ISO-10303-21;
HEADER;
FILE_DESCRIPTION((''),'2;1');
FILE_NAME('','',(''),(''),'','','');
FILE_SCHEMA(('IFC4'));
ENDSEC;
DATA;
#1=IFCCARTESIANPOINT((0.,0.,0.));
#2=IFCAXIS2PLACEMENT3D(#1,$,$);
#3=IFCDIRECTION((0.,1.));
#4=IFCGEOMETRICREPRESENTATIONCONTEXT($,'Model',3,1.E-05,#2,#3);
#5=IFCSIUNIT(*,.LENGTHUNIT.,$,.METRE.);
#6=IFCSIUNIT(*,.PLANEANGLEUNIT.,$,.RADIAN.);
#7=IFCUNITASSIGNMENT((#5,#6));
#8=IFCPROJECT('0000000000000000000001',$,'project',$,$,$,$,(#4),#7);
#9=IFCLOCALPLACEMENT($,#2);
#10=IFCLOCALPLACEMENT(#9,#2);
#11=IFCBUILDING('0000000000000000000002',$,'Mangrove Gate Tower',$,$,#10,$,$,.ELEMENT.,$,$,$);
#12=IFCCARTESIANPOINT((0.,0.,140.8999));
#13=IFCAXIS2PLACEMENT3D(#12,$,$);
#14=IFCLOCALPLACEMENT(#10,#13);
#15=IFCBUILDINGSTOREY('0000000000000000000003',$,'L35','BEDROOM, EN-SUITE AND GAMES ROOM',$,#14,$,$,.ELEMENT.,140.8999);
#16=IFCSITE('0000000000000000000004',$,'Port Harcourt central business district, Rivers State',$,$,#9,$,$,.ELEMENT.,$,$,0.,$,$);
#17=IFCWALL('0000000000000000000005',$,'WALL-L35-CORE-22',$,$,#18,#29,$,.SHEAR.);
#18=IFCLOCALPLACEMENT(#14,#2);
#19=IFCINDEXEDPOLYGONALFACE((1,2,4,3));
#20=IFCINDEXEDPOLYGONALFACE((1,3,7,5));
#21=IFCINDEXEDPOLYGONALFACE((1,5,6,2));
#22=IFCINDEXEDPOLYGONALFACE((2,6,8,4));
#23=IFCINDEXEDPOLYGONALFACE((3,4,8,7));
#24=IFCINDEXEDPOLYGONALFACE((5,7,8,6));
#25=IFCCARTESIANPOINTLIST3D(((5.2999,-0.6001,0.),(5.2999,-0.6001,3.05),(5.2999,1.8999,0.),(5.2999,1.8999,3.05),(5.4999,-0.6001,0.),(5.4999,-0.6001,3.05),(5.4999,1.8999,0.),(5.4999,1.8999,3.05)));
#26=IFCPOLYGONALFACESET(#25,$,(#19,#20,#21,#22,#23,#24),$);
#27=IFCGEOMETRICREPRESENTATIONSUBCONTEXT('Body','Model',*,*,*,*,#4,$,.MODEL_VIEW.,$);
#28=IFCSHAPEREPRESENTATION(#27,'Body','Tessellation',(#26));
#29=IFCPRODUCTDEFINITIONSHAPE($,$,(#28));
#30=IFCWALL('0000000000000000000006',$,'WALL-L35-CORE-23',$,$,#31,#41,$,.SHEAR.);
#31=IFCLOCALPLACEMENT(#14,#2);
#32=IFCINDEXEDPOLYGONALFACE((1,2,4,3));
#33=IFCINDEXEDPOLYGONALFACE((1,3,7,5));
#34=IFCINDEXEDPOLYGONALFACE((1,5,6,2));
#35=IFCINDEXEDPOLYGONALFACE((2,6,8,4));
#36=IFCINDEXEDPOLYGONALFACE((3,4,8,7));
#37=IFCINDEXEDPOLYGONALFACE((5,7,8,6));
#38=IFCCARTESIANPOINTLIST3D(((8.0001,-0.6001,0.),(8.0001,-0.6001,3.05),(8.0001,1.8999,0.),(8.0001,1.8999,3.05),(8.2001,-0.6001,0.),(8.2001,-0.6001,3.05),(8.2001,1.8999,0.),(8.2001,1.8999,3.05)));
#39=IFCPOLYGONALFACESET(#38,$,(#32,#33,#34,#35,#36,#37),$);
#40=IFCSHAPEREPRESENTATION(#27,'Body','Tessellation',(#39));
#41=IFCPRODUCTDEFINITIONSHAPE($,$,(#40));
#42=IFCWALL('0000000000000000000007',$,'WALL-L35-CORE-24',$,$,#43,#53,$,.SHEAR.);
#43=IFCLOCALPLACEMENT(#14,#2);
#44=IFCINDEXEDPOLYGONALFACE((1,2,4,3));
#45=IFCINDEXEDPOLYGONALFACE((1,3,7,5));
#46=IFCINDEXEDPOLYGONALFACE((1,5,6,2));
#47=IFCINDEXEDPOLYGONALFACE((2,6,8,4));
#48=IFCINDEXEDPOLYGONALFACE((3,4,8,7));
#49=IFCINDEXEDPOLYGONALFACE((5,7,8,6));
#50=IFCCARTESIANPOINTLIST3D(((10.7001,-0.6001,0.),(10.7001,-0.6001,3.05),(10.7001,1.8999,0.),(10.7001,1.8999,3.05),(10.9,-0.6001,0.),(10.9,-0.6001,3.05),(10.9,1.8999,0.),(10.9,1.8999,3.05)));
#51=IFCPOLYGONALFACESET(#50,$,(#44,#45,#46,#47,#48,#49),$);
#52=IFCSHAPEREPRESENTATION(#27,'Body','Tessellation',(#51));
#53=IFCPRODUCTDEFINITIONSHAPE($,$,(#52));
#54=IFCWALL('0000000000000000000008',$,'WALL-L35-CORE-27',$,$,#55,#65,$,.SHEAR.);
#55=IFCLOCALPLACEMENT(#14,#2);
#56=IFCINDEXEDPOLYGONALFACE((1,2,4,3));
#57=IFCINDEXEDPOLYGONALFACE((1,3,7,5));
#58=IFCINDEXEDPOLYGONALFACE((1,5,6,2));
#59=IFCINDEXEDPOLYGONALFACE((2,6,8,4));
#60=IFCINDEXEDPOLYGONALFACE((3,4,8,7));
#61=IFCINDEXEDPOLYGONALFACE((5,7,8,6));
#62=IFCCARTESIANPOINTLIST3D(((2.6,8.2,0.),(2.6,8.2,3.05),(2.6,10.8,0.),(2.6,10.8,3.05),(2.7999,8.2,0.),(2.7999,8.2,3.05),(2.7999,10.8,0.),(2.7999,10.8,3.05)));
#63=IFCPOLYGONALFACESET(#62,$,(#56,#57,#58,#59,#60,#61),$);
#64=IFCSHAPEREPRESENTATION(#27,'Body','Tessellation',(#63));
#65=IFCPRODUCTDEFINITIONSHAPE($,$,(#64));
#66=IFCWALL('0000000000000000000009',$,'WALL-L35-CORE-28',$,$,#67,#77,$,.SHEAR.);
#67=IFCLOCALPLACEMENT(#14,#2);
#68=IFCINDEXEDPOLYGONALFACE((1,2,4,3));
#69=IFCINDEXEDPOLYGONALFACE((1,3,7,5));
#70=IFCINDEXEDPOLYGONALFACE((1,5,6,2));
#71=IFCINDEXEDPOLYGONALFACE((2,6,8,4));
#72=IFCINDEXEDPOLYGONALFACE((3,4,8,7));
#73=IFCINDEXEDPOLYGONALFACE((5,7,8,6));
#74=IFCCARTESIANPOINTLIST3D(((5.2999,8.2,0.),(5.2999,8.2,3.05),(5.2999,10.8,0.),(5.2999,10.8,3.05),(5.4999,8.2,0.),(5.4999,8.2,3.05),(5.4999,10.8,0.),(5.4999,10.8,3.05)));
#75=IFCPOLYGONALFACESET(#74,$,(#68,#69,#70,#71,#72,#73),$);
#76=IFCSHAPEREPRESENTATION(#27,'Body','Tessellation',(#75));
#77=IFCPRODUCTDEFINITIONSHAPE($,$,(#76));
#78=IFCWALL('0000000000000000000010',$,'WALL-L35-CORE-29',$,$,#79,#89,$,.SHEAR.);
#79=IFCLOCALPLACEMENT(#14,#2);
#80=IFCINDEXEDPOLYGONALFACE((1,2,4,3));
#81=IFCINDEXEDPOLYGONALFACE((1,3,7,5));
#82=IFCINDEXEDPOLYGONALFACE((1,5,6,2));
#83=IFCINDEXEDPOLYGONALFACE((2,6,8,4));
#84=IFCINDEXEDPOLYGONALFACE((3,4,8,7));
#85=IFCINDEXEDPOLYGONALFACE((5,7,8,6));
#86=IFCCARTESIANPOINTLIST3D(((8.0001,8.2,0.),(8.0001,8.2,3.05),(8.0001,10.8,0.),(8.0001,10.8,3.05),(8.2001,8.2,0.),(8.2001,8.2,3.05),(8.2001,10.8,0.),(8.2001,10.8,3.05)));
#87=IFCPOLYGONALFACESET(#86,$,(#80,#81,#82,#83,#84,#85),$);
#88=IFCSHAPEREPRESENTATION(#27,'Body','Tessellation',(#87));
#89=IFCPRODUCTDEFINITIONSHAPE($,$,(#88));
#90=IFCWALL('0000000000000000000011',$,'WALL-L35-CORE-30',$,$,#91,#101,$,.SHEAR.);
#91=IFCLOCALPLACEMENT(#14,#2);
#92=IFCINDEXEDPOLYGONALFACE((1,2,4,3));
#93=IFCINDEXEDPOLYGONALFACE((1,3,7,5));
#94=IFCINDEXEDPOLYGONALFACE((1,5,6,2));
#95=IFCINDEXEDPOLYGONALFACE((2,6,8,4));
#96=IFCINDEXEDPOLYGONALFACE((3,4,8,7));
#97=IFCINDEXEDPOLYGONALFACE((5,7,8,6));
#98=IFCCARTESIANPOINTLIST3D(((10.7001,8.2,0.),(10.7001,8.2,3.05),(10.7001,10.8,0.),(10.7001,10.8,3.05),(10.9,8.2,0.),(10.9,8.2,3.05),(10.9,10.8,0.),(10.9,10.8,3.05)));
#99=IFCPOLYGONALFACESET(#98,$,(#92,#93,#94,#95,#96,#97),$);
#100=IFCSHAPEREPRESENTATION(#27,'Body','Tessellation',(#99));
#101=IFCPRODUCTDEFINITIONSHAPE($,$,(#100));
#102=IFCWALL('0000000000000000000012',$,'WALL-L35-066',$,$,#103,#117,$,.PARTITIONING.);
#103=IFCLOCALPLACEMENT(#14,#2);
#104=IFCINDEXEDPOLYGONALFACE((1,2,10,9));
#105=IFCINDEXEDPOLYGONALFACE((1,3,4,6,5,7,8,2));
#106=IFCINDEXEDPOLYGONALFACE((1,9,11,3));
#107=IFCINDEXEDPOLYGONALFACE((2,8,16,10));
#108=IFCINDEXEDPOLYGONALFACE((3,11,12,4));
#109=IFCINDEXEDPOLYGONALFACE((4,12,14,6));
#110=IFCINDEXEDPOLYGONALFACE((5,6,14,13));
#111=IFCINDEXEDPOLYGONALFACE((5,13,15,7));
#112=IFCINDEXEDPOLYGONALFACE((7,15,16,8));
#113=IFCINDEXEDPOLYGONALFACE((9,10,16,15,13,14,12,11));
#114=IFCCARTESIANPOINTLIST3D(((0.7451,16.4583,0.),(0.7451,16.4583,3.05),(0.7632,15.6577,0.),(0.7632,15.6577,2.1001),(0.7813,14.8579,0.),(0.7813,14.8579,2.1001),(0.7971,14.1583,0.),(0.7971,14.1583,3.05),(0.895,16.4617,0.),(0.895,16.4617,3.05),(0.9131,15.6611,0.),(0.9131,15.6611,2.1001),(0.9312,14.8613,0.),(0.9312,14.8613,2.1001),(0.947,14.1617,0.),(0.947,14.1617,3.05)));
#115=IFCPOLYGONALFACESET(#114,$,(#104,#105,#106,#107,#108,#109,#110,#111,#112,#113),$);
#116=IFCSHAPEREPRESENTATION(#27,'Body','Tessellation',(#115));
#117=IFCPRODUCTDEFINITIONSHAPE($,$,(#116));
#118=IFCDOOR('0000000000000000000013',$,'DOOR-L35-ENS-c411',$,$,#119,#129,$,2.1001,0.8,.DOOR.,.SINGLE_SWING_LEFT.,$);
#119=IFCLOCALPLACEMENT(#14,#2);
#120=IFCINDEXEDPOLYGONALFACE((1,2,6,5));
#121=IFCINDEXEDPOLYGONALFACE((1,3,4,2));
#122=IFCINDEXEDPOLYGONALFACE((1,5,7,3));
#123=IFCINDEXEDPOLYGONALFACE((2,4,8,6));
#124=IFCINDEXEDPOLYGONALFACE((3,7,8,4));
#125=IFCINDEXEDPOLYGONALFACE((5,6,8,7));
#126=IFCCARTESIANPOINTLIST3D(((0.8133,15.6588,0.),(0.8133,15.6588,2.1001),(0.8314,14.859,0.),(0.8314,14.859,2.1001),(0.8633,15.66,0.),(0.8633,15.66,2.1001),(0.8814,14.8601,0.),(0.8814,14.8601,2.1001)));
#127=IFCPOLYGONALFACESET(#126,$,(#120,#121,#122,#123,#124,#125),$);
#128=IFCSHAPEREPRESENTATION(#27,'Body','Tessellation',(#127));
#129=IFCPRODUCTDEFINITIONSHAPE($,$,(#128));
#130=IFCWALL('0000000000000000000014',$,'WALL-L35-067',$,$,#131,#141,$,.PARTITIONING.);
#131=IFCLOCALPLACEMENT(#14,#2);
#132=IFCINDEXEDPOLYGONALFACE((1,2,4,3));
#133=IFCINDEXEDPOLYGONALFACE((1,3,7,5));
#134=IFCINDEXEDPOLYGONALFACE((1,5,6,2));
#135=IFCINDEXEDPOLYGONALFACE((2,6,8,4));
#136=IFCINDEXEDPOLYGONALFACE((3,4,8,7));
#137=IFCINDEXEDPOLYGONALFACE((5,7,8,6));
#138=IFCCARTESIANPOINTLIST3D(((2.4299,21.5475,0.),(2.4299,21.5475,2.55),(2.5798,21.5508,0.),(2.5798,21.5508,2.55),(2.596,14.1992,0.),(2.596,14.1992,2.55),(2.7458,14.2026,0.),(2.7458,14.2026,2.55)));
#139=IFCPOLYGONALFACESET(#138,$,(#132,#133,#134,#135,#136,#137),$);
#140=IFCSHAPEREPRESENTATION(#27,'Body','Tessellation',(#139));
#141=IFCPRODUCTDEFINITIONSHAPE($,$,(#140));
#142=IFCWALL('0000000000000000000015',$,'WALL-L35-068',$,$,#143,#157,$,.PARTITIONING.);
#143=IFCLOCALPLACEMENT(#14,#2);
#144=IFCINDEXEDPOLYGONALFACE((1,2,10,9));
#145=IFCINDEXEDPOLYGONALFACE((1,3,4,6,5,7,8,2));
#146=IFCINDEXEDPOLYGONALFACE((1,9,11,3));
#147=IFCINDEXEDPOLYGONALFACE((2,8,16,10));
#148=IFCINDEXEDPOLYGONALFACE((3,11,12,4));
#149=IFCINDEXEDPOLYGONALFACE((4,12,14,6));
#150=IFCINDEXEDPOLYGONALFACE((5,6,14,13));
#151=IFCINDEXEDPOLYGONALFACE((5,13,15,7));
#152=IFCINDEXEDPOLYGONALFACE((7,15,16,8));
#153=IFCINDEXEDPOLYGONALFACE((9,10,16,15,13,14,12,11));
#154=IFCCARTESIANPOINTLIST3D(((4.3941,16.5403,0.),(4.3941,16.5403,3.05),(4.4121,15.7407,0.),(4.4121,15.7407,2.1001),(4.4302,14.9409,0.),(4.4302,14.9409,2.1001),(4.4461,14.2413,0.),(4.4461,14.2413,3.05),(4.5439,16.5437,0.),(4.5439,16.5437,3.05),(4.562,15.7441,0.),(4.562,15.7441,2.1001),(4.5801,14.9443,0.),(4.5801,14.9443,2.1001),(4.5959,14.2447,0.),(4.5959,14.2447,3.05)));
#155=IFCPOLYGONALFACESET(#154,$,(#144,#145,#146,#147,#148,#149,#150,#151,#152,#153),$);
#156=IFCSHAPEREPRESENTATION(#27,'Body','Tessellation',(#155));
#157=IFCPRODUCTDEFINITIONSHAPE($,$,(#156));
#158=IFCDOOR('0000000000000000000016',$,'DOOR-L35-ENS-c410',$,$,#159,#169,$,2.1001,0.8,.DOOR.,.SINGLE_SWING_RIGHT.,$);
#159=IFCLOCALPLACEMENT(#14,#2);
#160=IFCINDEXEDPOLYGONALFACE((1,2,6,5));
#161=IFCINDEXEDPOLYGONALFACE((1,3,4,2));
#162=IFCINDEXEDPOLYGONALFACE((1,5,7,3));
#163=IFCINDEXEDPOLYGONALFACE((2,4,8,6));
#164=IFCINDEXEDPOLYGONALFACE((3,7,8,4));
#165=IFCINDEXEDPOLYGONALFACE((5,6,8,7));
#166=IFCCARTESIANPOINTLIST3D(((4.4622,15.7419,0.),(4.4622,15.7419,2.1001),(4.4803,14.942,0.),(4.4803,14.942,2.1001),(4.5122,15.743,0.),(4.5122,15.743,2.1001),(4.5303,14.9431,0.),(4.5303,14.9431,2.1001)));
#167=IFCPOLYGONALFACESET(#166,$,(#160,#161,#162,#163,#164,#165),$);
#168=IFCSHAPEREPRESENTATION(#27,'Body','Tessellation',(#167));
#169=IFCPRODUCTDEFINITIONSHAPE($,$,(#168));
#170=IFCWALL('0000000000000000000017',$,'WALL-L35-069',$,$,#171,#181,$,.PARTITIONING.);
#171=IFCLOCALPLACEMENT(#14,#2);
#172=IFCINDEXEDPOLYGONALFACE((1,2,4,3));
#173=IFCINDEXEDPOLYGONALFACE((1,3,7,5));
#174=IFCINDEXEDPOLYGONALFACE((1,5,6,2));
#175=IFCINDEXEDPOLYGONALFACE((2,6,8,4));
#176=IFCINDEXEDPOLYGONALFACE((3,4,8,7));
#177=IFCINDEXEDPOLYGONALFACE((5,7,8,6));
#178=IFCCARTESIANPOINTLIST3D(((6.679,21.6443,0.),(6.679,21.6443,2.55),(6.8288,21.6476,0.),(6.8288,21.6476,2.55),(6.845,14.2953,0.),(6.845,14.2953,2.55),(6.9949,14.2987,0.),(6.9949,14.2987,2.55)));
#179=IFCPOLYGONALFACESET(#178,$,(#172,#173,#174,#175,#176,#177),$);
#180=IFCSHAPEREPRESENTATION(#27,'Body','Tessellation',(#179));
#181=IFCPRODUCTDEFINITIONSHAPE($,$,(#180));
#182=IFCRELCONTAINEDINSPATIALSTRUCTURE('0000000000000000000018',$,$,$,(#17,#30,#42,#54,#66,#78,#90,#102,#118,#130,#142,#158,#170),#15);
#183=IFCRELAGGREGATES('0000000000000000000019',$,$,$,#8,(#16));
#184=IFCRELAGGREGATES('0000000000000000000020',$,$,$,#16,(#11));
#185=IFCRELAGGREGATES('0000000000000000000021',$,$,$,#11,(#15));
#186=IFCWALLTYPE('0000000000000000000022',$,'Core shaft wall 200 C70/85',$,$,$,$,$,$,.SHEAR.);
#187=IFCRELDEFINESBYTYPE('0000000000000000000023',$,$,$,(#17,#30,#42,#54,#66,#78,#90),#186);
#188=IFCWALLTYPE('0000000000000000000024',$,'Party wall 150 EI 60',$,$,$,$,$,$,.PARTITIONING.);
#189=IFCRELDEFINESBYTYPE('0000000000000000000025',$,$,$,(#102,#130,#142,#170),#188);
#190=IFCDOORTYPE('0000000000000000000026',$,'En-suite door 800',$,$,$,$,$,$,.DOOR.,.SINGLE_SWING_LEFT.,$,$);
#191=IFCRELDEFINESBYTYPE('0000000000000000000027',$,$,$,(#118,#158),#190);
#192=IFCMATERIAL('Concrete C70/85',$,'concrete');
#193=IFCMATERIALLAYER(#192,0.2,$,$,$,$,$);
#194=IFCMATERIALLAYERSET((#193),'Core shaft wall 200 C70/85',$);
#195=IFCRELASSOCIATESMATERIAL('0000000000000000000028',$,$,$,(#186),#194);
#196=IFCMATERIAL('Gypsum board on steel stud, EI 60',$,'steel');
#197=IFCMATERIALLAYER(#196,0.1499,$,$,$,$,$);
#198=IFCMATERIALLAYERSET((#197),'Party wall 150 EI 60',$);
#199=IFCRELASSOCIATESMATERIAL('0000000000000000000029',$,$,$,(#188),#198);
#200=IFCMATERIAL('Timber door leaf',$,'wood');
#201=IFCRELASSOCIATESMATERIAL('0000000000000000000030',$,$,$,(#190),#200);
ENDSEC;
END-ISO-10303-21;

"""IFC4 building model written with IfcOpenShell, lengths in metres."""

from ifc_helpers import new_model, si_unit, direction, frame, frame_2d, origin, place, context, subcontext, project, spatial, rectangle, extrude, material, layer, layer_set, type_object, element, fill, save


model = new_model("IFC4")

# Units and contexts
model_context = context("Model", 3, precision=1e-05, world=origin(), true_north=direction((0.0, 1.0)))
body_context = subcontext(model_context, "Body", "Model", "MODEL_VIEW")
ifc_project = project(units=[si_unit("LENGTHUNIT", "METRE"), si_unit("PLANEANGLEUNIT", "RADIAN")], contexts=[model_context])

# Site, building, storey
site_placement = place(None, origin())
site = spatial("IfcSite", under=ifc_project, at=site_placement, Name="Port Harcourt central business district, Rivers State", CompositionType="ELEMENT", RefElevation=0.0)
building_placement = place(site_placement, origin())
building = spatial("IfcBuilding", under=site, at=building_placement, Name="Mangrove Gate Tower", CompositionType="ELEMENT")
storey_placement = place(building_placement, frame((0.0, 0.0, 140.8999)))
storey = spatial("IfcBuildingStorey", under=building, at=storey_placement, Name="L35", Description="BEDROOM, EN-SUITE AND GAMES ROOM", CompositionType="ELEMENT", Elevation=140.8999)

# Walls
ifc_material_1 = material(Name="Concrete C70/85", Category="concrete")
ifc_layer_1 = layer(ifc_material_1, 0.2)
ifc_layer_set_1 = layer_set([ifc_layer_1], Name="Core shaft wall 200 C70/85")
wall_type_1 = type_object("IfcWallType", Name="Core shaft wall 200 C70/85", PredefinedType="SHEAR", material=ifc_layer_set_1)
for number, where, z_axis, x_axis, name in (
    (1, (5.3999, -0.6001, 0.0), (0.0, 0.0, 1.0), (0.0, 1.0, 0.0), "WALL-L35-CORE-22"),
    (2, (8.1001, -0.6001, 0.0), (0.0, 0.0, 1.0), (0.0, 1.0, 0.0), "WALL-L35-CORE-23"),
    (3, (10.8, -0.6001, 0.0), (0.0, 0.0, 1.0), (0.0, 1.0, 0.0), "WALL-L35-CORE-24"),
):
    element("IfcWall", number, at=place(storey_placement, frame(where, z_axis=z_axis, x_axis=x_axis)), inside=storey, type_object=wall_type_1, Name=name, PredefinedType="SHEAR", context=body_context, shape_type="SweptSolid", body=[
        extrude(rectangle(XDim=2.5, YDim=0.2, at=frame_2d((1.25, 0.0))), origin(), (0.0, 0.0, 1.0), 3.05),
    ])
for number, where, z_axis, x_axis, name in (
    (4, (2.7, 8.2, 0.0), (0.0, 0.0, 1.0), (0.0, 1.0, 0.0), "WALL-L35-CORE-27"),
    (5, (5.3999, 8.2, 0.0), (0.0, 0.0, 1.0), (0.0, 1.0, 0.0), "WALL-L35-CORE-28"),
    (6, (8.1001, 8.2, 0.0), (0.0, 0.0, 1.0), (0.0, 1.0, 0.0), "WALL-L35-CORE-29"),
    (7, (10.8, 8.2, 0.0), (0.0, 0.0, 1.0), (0.0, 1.0, 0.0), "WALL-L35-CORE-30"),
):
    element("IfcWall", number, at=place(storey_placement, frame(where, z_axis=z_axis, x_axis=x_axis)), inside=storey, type_object=wall_type_1, Name=name, PredefinedType="SHEAR", context=body_context, shape_type="SweptSolid", body=[
        extrude(rectangle(XDim=2.6001, YDim=0.2, at=frame_2d((1.3, 0.0))), origin(), (0.0, 0.0, 1.0), 3.05),
    ])

# Wall, opening, door
ifc_material_2 = material(Name="Gypsum board on steel stud, EI 60", Category="steel")
ifc_layer_2 = layer(ifc_material_2, 0.1499)
ifc_layer_set_2 = layer_set([ifc_layer_2], Name="Party wall 150 EI 60")
wall_type_2 = type_object("IfcWallType", Name="Party wall 150 EI 60", PredefinedType="PARTITIONING", material=ifc_layer_set_2)
wall_1_placement = place(storey_placement, frame((0.8721, 14.1599, 0.0), z_axis=(0.0, 0.0, 1.0), x_axis=(-0.022603, 0.999745, 0.0)))
wall_1 = element("IfcWall", 8, at=wall_1_placement, inside=storey, type_object=wall_type_2, Name="WALL-L35-066", PredefinedType="PARTITIONING", context=body_context, shape_type="SweptSolid", body=[
    extrude(rectangle(XDim=2.3005, YDim=0.1499, at=frame_2d((1.1504, 0.0))), origin(), (0.0, 0.0, 1.0), 3.05),
])
opening_1_placement = place(wall_1_placement, frame((0.7, 0.0, 0.0)))
opening_1 = element("IfcOpeningElement", 9, at=opening_1_placement, cuts=wall_1, PredefinedType="OPENING", context=body_context, shape_type="SweptSolid", body=[
    extrude(rectangle(XDim=0.8, YDim=2.1001, at=frame_2d((0.3999, 1.05))), frame((0.0, 0.085, 0.0), z_axis=(0.0, -1.0, 0.0), x_axis=(1.0, 0.0, 0.0)), (0.0, 0.0, 1.0), 0.1699),
])
ifc_material_3 = material(Name="Timber door leaf", Category="wood")
door_type = type_object("IfcDoorType", Name="En-suite door 800", OperationType="SINGLE_SWING_LEFT", PredefinedType="DOOR", material=ifc_material_3)
door_1_placement = place(opening_1_placement, origin())
door_1 = element("IfcDoor", 10, at=door_1_placement, inside=storey, type_object=door_type, Name="DOOR-L35-ENS-c411", OperationType="SINGLE_SWING_LEFT", OverallHeight=2.1001, OverallWidth=0.8, PredefinedType="DOOR", context=body_context, shape_type="SweptSolid", body=[
    extrude(rectangle(XDim=0.8, YDim=2.1001, at=frame_2d((0.3999, 1.05))), frame((0.0, 0.0249, 0.0), z_axis=(0.0, -1.0, 0.0), x_axis=(1.0, 0.0, 0.0)), (0.0, 0.0, 1.0), 0.05),
])
fill(opening_1, door_1)

# Wall
wall_2_placement = place(storey_placement, frame((2.6709, 14.2009, 0.0), z_axis=(0.0, 0.0, 1.0), x_axis=(-0.022587, 0.999745, 0.0)))
element("IfcWall", 11, at=wall_2_placement, inside=storey, type_object=wall_type_2, Name="WALL-L35-067", PredefinedType="PARTITIONING", context=body_context, shape_type="SweptSolid", body=[
    extrude(rectangle(XDim=7.3501, YDim=0.1499, at=frame_2d((3.675, 0.0))), origin(), (0.0, 0.0, 1.0), 2.55),
])

# Wall, opening, door
wall_3_placement = place(storey_placement, frame((4.521, 14.2429, 0.0), z_axis=(0.0, 0.0, 1.0), x_axis=(-0.022613, 0.999744, 0.0)))
wall_3 = element("IfcWall", 12, at=wall_3_placement, inside=storey, type_object=wall_type_2, Name="WALL-L35-068", PredefinedType="PARTITIONING", context=body_context, shape_type="SweptSolid", body=[
    extrude(rectangle(XDim=2.2996, YDim=0.1499, at=frame_2d((1.1499, 0.0))), origin(), (0.0, 0.0, 1.0), 3.05),
])
opening_2_placement = place(wall_3_placement, frame((0.7, 0.0, 0.0)))
opening_2 = element("IfcOpeningElement", 13, at=opening_2_placement, cuts=wall_3, PredefinedType="OPENING", context=body_context, shape_type="SweptSolid", body=[
    extrude(rectangle(XDim=0.8, YDim=2.1001, at=frame_2d((0.3999, 1.05))), frame((0.0, 0.085, 0.0), z_axis=(0.0, -1.0, 0.0), x_axis=(1.0, 0.0, 0.0)), (0.0, 0.0, 1.0), 0.1699),
])
door_2_placement = place(opening_2_placement, origin())
door_2 = element("IfcDoor", 14, at=door_2_placement, inside=storey, type_object=door_type, Name="DOOR-L35-ENS-c410", OperationType="SINGLE_SWING_RIGHT", OverallHeight=2.1001, OverallWidth=0.8, PredefinedType="DOOR", context=body_context, shape_type="SweptSolid", body=[
    extrude(rectangle(XDim=0.8, YDim=2.1001, at=frame_2d((0.3999, 1.05))), frame((0.0, 0.0249, 0.0), z_axis=(0.0, -1.0, 0.0), x_axis=(1.0, 0.0, 0.0)), (0.0, 0.0, 1.0), 0.05),
])
fill(opening_2, door_2)

# Wall
wall_4_placement = place(storey_placement, frame((6.9199, 14.2971, 0.0), z_axis=(0.0, 0.0, 1.0), x_axis=(-0.022585, 0.999745, 0.0)))
element("IfcWall", 15, at=wall_4_placement, inside=storey, type_object=wall_type_2, Name="WALL-L35-069", PredefinedType="PARTITIONING", context=body_context, shape_type="SweptSolid", body=[
    extrude(rectangle(XDim=7.3508, YDim=0.1499, at=frame_2d((3.6753, 0.0))), origin(), (0.0, 0.0, 1.0), 2.55),
])

save(model, "model.ifc")
